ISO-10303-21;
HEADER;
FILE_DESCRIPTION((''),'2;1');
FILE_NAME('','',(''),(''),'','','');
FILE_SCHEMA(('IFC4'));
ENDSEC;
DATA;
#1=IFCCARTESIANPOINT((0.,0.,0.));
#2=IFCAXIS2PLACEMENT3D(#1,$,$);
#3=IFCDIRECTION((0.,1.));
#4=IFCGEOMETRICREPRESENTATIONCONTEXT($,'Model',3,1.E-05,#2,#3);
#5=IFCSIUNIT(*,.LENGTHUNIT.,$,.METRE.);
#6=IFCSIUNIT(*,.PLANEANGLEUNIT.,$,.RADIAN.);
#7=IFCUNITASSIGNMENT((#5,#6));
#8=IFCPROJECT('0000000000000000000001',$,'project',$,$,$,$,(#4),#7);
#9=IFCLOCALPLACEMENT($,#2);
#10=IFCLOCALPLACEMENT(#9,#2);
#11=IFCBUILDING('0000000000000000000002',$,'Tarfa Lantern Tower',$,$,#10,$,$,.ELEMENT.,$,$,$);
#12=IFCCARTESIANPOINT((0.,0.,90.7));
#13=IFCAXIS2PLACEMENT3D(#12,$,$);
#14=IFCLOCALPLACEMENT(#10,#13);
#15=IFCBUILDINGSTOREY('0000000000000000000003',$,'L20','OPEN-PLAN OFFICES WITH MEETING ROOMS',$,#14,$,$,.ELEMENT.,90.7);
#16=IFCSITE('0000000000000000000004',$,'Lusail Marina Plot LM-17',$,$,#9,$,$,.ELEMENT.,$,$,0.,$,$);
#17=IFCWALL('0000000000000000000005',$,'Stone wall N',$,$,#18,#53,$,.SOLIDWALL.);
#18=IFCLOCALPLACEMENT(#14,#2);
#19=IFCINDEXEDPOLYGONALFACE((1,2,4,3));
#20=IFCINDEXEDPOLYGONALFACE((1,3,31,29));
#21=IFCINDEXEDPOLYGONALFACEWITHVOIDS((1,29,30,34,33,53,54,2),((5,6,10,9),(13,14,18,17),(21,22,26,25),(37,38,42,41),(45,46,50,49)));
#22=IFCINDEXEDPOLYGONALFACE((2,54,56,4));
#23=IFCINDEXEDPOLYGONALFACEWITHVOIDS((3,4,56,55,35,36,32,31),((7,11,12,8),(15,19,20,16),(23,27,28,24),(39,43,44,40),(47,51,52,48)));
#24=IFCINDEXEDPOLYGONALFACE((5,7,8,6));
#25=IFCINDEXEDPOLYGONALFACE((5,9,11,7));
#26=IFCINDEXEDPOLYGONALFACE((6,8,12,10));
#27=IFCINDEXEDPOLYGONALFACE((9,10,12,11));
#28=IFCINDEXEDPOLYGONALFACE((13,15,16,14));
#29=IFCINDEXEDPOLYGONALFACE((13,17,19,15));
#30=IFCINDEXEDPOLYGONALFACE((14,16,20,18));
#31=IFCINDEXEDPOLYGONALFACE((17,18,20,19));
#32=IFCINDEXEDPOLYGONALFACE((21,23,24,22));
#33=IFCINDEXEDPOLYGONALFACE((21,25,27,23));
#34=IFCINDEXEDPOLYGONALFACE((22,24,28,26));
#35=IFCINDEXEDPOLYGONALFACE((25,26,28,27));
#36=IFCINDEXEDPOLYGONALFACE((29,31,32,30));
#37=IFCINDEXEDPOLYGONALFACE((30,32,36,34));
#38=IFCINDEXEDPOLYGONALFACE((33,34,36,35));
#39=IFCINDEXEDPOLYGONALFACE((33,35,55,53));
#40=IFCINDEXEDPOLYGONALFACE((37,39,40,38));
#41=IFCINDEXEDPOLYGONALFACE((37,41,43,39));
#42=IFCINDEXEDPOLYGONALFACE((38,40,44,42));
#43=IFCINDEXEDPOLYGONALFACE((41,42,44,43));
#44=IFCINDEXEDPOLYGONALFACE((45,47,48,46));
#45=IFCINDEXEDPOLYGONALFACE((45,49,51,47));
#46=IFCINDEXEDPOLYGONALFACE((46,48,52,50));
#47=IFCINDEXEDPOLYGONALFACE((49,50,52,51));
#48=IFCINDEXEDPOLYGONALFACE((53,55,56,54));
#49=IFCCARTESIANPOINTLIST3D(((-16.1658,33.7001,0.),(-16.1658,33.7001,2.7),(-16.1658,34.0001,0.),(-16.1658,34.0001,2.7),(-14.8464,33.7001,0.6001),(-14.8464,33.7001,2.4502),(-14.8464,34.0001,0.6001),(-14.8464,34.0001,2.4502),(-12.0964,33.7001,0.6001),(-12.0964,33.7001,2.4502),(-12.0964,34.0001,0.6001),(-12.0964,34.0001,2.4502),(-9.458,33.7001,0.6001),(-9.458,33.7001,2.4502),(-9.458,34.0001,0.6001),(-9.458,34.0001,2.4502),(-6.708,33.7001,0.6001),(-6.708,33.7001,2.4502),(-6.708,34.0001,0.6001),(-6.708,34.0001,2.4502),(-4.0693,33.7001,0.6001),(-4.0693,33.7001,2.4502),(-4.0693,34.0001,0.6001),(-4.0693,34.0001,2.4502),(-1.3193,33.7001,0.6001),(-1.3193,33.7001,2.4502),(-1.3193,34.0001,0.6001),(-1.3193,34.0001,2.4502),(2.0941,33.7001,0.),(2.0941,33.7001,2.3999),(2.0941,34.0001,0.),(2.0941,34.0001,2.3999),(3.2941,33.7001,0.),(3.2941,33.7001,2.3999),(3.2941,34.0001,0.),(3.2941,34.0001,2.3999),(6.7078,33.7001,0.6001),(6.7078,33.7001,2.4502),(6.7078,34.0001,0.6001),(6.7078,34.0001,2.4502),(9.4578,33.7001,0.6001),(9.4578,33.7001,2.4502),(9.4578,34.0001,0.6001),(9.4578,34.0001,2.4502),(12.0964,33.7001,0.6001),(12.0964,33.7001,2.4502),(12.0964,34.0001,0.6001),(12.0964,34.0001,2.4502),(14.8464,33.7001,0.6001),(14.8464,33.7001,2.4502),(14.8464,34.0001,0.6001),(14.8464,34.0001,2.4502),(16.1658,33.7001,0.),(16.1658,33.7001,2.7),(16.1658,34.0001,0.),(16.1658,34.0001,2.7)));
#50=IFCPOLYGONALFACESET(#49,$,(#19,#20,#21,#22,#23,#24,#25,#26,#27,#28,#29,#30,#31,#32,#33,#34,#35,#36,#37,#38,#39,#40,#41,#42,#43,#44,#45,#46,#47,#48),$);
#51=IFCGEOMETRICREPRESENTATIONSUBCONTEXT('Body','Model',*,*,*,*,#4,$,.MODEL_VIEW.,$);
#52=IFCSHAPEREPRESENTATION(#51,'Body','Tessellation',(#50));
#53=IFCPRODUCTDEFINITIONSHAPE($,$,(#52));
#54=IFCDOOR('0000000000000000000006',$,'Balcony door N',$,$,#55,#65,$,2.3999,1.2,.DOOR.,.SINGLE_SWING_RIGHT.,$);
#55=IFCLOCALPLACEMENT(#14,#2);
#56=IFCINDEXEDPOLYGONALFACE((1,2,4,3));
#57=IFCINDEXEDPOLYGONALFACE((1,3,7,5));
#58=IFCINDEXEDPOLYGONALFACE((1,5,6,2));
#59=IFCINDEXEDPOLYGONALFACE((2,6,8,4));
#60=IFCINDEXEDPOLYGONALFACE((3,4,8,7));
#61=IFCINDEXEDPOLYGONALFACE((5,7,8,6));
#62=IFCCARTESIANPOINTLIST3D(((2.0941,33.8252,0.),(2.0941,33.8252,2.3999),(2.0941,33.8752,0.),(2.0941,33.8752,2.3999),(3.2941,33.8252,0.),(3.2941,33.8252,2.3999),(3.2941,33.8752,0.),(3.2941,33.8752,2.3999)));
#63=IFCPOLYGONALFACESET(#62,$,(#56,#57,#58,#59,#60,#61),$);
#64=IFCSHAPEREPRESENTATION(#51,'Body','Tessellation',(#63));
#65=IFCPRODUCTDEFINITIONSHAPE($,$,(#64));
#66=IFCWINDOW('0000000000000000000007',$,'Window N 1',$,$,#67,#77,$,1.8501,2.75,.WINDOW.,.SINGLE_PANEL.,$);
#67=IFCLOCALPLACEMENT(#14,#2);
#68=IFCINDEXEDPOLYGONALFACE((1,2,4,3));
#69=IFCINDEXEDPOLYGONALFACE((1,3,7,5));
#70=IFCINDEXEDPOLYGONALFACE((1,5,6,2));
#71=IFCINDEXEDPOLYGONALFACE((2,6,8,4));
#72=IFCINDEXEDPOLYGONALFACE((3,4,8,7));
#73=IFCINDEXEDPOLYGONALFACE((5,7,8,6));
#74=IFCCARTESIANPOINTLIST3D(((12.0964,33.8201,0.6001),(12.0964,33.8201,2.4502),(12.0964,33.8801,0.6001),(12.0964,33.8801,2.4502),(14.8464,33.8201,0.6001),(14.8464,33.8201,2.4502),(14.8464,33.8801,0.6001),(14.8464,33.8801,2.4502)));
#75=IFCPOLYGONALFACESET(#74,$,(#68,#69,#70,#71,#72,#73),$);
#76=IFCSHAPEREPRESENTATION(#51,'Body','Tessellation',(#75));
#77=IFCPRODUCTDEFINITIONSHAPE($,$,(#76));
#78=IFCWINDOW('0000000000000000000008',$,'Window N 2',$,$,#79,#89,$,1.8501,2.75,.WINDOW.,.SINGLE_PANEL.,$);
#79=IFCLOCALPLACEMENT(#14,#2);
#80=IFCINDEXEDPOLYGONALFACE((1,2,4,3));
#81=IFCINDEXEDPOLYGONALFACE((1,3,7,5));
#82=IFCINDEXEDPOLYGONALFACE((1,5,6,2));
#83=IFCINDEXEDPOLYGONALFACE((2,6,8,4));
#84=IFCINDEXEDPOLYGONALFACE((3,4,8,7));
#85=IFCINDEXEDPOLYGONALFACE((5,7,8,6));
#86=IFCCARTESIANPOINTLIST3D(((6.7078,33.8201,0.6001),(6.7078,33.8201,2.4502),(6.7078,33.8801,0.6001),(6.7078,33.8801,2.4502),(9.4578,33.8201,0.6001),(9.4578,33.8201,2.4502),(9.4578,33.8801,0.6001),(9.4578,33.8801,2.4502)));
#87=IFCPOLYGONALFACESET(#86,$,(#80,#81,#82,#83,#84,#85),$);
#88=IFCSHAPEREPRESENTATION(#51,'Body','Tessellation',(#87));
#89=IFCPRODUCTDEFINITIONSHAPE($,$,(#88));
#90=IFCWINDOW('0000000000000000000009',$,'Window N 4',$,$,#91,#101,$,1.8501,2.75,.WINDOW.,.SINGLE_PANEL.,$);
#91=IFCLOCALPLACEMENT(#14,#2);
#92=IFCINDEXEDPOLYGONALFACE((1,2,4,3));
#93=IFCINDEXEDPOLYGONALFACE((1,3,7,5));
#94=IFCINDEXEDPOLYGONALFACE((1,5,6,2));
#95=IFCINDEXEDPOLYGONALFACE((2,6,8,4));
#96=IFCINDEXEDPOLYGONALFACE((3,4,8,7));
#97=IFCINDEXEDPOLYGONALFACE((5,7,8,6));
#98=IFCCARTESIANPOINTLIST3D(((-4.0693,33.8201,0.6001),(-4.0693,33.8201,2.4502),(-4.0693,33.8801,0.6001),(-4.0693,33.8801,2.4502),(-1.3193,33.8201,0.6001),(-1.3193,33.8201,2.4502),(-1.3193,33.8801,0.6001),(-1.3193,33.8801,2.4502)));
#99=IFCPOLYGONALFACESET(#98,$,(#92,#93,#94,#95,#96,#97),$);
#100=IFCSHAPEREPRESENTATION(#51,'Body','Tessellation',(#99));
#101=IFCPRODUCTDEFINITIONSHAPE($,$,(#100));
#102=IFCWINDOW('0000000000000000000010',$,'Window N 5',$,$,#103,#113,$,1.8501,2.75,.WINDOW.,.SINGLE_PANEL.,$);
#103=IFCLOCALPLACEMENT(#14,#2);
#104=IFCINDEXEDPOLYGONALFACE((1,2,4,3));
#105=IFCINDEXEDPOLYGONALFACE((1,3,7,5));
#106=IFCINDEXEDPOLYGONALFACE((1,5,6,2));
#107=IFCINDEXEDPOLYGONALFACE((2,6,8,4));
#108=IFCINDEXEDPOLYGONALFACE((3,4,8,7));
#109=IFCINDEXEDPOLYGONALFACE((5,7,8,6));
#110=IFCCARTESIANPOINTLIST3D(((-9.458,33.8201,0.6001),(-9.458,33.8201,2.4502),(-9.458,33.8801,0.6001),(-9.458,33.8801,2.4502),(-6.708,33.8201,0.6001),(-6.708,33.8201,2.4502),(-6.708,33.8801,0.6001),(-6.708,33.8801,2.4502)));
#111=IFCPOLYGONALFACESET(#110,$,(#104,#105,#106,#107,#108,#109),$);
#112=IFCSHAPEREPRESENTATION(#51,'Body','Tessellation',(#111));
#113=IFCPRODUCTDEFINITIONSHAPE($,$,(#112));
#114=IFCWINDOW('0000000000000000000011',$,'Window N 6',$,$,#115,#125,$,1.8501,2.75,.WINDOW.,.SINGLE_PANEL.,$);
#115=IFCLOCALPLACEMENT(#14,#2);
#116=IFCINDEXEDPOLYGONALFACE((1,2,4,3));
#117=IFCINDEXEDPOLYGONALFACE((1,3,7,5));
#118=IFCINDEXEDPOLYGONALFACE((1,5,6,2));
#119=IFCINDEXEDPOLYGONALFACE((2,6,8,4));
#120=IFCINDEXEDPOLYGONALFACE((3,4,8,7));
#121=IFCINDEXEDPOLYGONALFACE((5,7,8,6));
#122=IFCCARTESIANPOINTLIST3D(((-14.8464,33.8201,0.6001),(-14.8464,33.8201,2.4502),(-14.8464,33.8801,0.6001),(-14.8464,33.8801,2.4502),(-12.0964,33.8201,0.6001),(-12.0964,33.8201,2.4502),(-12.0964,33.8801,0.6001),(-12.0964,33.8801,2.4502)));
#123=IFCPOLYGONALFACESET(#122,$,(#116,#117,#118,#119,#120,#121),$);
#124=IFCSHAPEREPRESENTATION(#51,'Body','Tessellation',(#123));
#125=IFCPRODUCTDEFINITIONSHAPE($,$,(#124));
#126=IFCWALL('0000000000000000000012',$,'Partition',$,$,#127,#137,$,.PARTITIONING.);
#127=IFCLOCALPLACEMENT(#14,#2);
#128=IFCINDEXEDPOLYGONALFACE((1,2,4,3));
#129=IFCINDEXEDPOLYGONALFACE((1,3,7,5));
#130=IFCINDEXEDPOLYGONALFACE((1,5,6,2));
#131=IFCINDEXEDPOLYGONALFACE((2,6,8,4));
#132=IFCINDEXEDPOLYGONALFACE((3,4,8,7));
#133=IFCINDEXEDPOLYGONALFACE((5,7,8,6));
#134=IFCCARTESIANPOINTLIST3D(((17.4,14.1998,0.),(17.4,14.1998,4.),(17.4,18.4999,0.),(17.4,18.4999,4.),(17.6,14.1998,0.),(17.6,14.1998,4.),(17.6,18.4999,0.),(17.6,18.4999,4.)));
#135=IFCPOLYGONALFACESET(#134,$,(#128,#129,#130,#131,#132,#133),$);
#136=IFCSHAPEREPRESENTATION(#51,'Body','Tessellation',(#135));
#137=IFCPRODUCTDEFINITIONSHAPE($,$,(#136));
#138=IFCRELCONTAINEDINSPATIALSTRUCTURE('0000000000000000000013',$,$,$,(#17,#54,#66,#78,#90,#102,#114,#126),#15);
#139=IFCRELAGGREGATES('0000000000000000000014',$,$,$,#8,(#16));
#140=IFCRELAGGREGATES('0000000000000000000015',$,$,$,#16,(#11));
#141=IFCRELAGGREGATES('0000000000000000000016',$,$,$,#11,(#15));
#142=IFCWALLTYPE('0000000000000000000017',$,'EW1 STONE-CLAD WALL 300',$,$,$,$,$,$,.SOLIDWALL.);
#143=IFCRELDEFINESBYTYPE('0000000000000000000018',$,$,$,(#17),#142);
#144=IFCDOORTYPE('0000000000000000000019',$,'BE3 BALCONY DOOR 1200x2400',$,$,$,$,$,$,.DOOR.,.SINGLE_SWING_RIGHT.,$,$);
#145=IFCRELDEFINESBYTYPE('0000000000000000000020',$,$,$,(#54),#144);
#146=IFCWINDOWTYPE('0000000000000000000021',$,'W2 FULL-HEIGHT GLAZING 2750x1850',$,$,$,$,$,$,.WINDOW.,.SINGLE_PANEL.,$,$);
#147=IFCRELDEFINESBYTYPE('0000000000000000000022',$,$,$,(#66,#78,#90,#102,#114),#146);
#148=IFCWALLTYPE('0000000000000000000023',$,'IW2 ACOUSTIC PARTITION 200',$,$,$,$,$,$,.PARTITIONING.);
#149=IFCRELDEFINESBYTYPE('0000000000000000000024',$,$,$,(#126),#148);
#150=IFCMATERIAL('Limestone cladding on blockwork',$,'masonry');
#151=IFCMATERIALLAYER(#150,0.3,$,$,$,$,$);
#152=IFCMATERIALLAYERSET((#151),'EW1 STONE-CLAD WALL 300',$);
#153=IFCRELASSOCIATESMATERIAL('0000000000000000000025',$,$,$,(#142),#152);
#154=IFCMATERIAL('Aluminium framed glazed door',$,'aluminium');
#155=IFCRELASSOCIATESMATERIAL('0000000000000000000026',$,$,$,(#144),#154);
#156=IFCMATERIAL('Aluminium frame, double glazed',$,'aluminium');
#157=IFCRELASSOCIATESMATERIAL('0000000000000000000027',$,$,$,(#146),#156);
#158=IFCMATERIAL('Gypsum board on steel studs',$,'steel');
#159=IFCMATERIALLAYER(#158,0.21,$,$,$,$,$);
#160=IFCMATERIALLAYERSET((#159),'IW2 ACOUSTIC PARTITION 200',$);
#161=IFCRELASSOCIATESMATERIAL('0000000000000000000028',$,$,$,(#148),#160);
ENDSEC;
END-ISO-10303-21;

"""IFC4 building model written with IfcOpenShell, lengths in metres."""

from ifc_helpers import new_model, si_unit, direction, frame, frame_2d, origin, place, context, subcontext, project, spatial, rectangle, extrude, material, layer, layer_set, type_object, element, fill, save


model = new_model("IFC4")

# Units and contexts
model_context = context("Model", 3, precision=1e-05, world=origin(), true_north=direction((0.0, 1.0)))
body_context = subcontext(model_context, "Body", "Model", "MODEL_VIEW")
ifc_project = project(units=[si_unit("LENGTHUNIT", "METRE"), si_unit("PLANEANGLEUNIT", "RADIAN")], contexts=[model_context])

# Site, building, storey
site_placement = place(None, origin())
site = spatial("IfcSite", under=ifc_project, at=site_placement, Name="Lusail Marina Plot LM-17", CompositionType="ELEMENT", RefElevation=0.0)
building_placement = place(site_placement, origin())
building = spatial("IfcBuilding", under=site, at=building_placement, Name="Tarfa Lantern Tower", CompositionType="ELEMENT")
storey_placement = place(building_placement, frame((0.0, 0.0, 90.7)))
storey = spatial("IfcBuildingStorey", under=building, at=storey_placement, Name="L20", Description="OPEN-PLAN OFFICES WITH MEETING ROOMS", CompositionType="ELEMENT", Elevation=90.7)

# Wall, openings, door, windows
ifc_material_1 = material(Name="Limestone cladding on blockwork", Category="masonry")
ifc_layer_1 = layer(ifc_material_1, 0.3)
ifc_layer_set_1 = layer_set([ifc_layer_1], Name="EW1 STONE-CLAD WALL 300")
wall_type_1 = type_object("IfcWallType", Name="EW1 STONE-CLAD WALL 300", PredefinedType="SOLIDWALL", material=ifc_layer_set_1)
wall_1_placement = place(storey_placement, frame((16.1658, 33.8501, 0.0), z_axis=(0.0, 0.0, 1.0), x_axis=(-1.0, 0.0, 0.0)))
wall_1 = element("IfcWall", 1, at=wall_1_placement, inside=storey, type_object=wall_type_1, Name="Stone wall N", PredefinedType="SOLIDWALL", context=body_context, shape_type="SweptSolid", body=[
    extrude(rectangle(XDim=32.3315, YDim=0.3, at=frame_2d((16.1658, 0.0))), origin(), (0.0, 0.0, 1.0), 2.7),
])
opening_1_placement = place(wall_1_placement, frame((1.3193, 0.0, 0.6001)))
opening_1 = element("IfcOpeningElement", 2, at=opening_1_placement, cuts=wall_1, PredefinedType="OPENING", context=body_context, shape_type="SweptSolid", body=[
    extrude(rectangle(XDim=2.75, YDim=1.8501, at=frame_2d((1.375, 0.925))), frame((0.0, 0.1599, 0.0), z_axis=(0.0, -1.0, 0.0), x_axis=(1.0, 0.0, 0.0)), (0.0, 0.0, 1.0), 0.3201),
])
opening_2_placement = place(wall_1_placement, frame((6.708, 0.0, 0.6001)))
opening_2 = element("IfcOpeningElement", 3, at=opening_2_placement, cuts=wall_1, PredefinedType="OPENING", context=body_context, shape_type="SweptSolid", body=[
    extrude(rectangle(XDim=2.75, YDim=1.8501, at=frame_2d((1.375, 0.925))), frame((0.0, 0.1599, 0.0), z_axis=(0.0, -1.0, 0.0), x_axis=(1.0, 0.0, 0.0)), (0.0, 0.0, 1.0), 0.3201),
])
opening_3_placement = place(wall_1_placement, frame((12.8716, 0.0, 0.0)))
opening_3 = element("IfcOpeningElement", 4, at=opening_3_placement, cuts=wall_1, PredefinedType="OPENING", context=body_context, shape_type="SweptSolid", body=[
    extrude(rectangle(XDim=1.2, YDim=2.3999, at=frame_2d((0.6001, 1.2))), frame((0.0, 0.1599, 0.0), z_axis=(0.0, -1.0, 0.0), x_axis=(1.0, 0.0, 0.0)), (0.0, 0.0, 1.0), 0.3201),
])
opening_4_placement = place(wall_1_placement, frame((17.4851, 0.0, 0.6001)))
opening_4 = element("IfcOpeningElement", 5, at=opening_4_placement, cuts=wall_1, PredefinedType="OPENING", context=body_context, shape_type="SweptSolid", body=[
    extrude(rectangle(XDim=2.75, YDim=1.8501, at=frame_2d((1.375, 0.925))), frame((0.0, 0.1599, 0.0), z_axis=(0.0, -1.0, 0.0), x_axis=(1.0, 0.0, 0.0)), (0.0, 0.0, 1.0), 0.3201),
])
opening_5_placement = place(wall_1_placement, frame((22.8738, 0.0, 0.6001)))
opening_5 = element("IfcOpeningElement", 6, at=opening_5_placement, cuts=wall_1, PredefinedType="OPENING", context=body_context, shape_type="SweptSolid", body=[
    extrude(rectangle(XDim=2.75, YDim=1.8501, at=frame_2d((1.375, 0.925))), frame((0.0, 0.1599, 0.0), z_axis=(0.0, -1.0, 0.0), x_axis=(1.0, 0.0, 0.0)), (0.0, 0.0, 1.0), 0.3201),
])
opening_6_placement = place(wall_1_placement, frame((28.2622, 0.0, 0.6001)))
opening_6 = element("IfcOpeningElement", 7, at=opening_6_placement, cuts=wall_1, PredefinedType="OPENING", context=body_context, shape_type="SweptSolid", body=[
    extrude(rectangle(XDim=2.75, YDim=1.8501, at=frame_2d((1.375, 0.925))), frame((0.0, 0.1599, 0.0), z_axis=(0.0, -1.0, 0.0), x_axis=(1.0, 0.0, 0.0)), (0.0, 0.0, 1.0), 0.3201),
])
ifc_material_2 = material(Name="Aluminium framed glazed door", Category="aluminium")
door_type = type_object("IfcDoorType", Name="BE3 BALCONY DOOR 1200x2400", OperationType="SINGLE_SWING_RIGHT", PredefinedType="DOOR", material=ifc_material_2)
door_placement = place(opening_3_placement, origin())
door = element("IfcDoor", 8, at=door_placement, inside=storey, type_object=door_type, Name="Balcony door N", OperationType="SINGLE_SWING_RIGHT", OverallHeight=2.3999, OverallWidth=1.2, PredefinedType="DOOR", context=body_context, shape_type="SweptSolid", body=[
    extrude(rectangle(XDim=1.2, YDim=2.3999, at=frame_2d((0.6001, 1.2))), frame((0.0, 0.0249, 0.0), z_axis=(0.0, -1.0, 0.0), x_axis=(1.0, 0.0, 0.0)), (0.0, 0.0, 1.0), 0.05),
])
fill(opening_3, door)
ifc_material_3 = material(Name="Aluminium frame, double glazed", Category="aluminium")
window_type = type_object("IfcWindowType", Name="W2 FULL-HEIGHT GLAZING 2750x1850", PartitioningType="SINGLE_PANEL", PredefinedType="WINDOW", material=ifc_material_3)
window_1_placement = place(opening_1_placement, origin())
window_1 = element("IfcWindow", 9, at=window_1_placement, inside=storey, type_object=window_type, Name="Window N 1", OverallHeight=1.8501, OverallWidth=2.75, PartitioningType="SINGLE_PANEL", PredefinedType="WINDOW", context=body_context, shape_type="SweptSolid", body=[
    extrude(rectangle(XDim=2.75, YDim=1.8501, at=frame_2d((1.375, 0.925))), frame((0.0, 0.03, 0.0), z_axis=(0.0, -1.0, 0.0), x_axis=(1.0, 0.0, 0.0)), (0.0, 0.0, 1.0), 0.0601),
])
fill(opening_1, window_1)
window_2_placement = place(opening_2_placement, origin())
window_2 = element("IfcWindow", 10, at=window_2_placement, inside=storey, type_object=window_type, Name="Window N 2", OverallHeight=1.8501, OverallWidth=2.75, PartitioningType="SINGLE_PANEL", PredefinedType="WINDOW", context=body_context, shape_type="SweptSolid", body=[
    extrude(rectangle(XDim=2.75, YDim=1.8501, at=frame_2d((1.375, 0.925))), frame((0.0, 0.03, 0.0), z_axis=(0.0, -1.0, 0.0), x_axis=(1.0, 0.0, 0.0)), (0.0, 0.0, 1.0), 0.0601),
])
fill(opening_2, window_2)
window_3_placement = place(opening_4_placement, origin())
window_3 = element("IfcWindow", 11, at=window_3_placement, inside=storey, type_object=window_type, Name="Window N 4", OverallHeight=1.8501, OverallWidth=2.75, PartitioningType="SINGLE_PANEL", PredefinedType="WINDOW", context=body_context, shape_type="SweptSolid", body=[
    extrude(rectangle(XDim=2.75, YDim=1.8501, at=frame_2d((1.375, 0.925))), frame((0.0, 0.03, 0.0), z_axis=(0.0, -1.0, 0.0), x_axis=(1.0, 0.0, 0.0)), (0.0, 0.0, 1.0), 0.0601),
])
fill(opening_4, window_3)
window_4_placement = place(opening_5_placement, origin())
window_4 = element("IfcWindow", 12, at=window_4_placement, inside=storey, type_object=window_type, Name="Window N 5", OverallHeight=1.8501, OverallWidth=2.75, PartitioningType="SINGLE_PANEL", PredefinedType="WINDOW", context=body_context, shape_type="SweptSolid", body=[
    extrude(rectangle(XDim=2.75, YDim=1.8501, at=frame_2d((1.375, 0.925))), frame((0.0, 0.03, 0.0), z_axis=(0.0, -1.0, 0.0), x_axis=(1.0, 0.0, 0.0)), (0.0, 0.0, 1.0), 0.0601),
])
fill(opening_5, window_4)
window_5_placement = place(opening_6_placement, origin())
window_5 = element("IfcWindow", 13, at=window_5_placement, inside=storey, type_object=window_type, Name="Window N 6", OverallHeight=1.8501, OverallWidth=2.75, PartitioningType="SINGLE_PANEL", PredefinedType="WINDOW", context=body_context, shape_type="SweptSolid", body=[
    extrude(rectangle(XDim=2.75, YDim=1.8501, at=frame_2d((1.375, 0.925))), frame((0.0, 0.03, 0.0), z_axis=(0.0, -1.0, 0.0), x_axis=(1.0, 0.0, 0.0)), (0.0, 0.0, 1.0), 0.0601),
])
fill(opening_6, window_5)

# Wall
ifc_material_4 = material(Name="Gypsum board on steel studs", Category="steel")
ifc_layer_2 = layer(ifc_material_4, 0.21)
ifc_layer_set_2 = layer_set([ifc_layer_2], Name="IW2 ACOUSTIC PARTITION 200")
wall_type_2 = type_object("IfcWallType", Name="IW2 ACOUSTIC PARTITION 200", PredefinedType="PARTITIONING", material=ifc_layer_set_2)
wall_2_placement = place(storey_placement, frame((17.5, 14.2, 0.0), z_axis=(0.0, 0.0, 1.0), x_axis=(0.0, 1.0, 0.0)))
element("IfcWall", 14, at=wall_2_placement, inside=storey, type_object=wall_type_2, Name="Partition", PredefinedType="PARTITIONING", context=body_context, shape_type="SweptSolid", body=[
    extrude(rectangle(XDim=4.3, YDim=0.2, at=frame_2d((2.1499, 0.0))), origin(), (0.0, 0.0, 1.0), 4.0),
])

save(model, "model.ifc")
